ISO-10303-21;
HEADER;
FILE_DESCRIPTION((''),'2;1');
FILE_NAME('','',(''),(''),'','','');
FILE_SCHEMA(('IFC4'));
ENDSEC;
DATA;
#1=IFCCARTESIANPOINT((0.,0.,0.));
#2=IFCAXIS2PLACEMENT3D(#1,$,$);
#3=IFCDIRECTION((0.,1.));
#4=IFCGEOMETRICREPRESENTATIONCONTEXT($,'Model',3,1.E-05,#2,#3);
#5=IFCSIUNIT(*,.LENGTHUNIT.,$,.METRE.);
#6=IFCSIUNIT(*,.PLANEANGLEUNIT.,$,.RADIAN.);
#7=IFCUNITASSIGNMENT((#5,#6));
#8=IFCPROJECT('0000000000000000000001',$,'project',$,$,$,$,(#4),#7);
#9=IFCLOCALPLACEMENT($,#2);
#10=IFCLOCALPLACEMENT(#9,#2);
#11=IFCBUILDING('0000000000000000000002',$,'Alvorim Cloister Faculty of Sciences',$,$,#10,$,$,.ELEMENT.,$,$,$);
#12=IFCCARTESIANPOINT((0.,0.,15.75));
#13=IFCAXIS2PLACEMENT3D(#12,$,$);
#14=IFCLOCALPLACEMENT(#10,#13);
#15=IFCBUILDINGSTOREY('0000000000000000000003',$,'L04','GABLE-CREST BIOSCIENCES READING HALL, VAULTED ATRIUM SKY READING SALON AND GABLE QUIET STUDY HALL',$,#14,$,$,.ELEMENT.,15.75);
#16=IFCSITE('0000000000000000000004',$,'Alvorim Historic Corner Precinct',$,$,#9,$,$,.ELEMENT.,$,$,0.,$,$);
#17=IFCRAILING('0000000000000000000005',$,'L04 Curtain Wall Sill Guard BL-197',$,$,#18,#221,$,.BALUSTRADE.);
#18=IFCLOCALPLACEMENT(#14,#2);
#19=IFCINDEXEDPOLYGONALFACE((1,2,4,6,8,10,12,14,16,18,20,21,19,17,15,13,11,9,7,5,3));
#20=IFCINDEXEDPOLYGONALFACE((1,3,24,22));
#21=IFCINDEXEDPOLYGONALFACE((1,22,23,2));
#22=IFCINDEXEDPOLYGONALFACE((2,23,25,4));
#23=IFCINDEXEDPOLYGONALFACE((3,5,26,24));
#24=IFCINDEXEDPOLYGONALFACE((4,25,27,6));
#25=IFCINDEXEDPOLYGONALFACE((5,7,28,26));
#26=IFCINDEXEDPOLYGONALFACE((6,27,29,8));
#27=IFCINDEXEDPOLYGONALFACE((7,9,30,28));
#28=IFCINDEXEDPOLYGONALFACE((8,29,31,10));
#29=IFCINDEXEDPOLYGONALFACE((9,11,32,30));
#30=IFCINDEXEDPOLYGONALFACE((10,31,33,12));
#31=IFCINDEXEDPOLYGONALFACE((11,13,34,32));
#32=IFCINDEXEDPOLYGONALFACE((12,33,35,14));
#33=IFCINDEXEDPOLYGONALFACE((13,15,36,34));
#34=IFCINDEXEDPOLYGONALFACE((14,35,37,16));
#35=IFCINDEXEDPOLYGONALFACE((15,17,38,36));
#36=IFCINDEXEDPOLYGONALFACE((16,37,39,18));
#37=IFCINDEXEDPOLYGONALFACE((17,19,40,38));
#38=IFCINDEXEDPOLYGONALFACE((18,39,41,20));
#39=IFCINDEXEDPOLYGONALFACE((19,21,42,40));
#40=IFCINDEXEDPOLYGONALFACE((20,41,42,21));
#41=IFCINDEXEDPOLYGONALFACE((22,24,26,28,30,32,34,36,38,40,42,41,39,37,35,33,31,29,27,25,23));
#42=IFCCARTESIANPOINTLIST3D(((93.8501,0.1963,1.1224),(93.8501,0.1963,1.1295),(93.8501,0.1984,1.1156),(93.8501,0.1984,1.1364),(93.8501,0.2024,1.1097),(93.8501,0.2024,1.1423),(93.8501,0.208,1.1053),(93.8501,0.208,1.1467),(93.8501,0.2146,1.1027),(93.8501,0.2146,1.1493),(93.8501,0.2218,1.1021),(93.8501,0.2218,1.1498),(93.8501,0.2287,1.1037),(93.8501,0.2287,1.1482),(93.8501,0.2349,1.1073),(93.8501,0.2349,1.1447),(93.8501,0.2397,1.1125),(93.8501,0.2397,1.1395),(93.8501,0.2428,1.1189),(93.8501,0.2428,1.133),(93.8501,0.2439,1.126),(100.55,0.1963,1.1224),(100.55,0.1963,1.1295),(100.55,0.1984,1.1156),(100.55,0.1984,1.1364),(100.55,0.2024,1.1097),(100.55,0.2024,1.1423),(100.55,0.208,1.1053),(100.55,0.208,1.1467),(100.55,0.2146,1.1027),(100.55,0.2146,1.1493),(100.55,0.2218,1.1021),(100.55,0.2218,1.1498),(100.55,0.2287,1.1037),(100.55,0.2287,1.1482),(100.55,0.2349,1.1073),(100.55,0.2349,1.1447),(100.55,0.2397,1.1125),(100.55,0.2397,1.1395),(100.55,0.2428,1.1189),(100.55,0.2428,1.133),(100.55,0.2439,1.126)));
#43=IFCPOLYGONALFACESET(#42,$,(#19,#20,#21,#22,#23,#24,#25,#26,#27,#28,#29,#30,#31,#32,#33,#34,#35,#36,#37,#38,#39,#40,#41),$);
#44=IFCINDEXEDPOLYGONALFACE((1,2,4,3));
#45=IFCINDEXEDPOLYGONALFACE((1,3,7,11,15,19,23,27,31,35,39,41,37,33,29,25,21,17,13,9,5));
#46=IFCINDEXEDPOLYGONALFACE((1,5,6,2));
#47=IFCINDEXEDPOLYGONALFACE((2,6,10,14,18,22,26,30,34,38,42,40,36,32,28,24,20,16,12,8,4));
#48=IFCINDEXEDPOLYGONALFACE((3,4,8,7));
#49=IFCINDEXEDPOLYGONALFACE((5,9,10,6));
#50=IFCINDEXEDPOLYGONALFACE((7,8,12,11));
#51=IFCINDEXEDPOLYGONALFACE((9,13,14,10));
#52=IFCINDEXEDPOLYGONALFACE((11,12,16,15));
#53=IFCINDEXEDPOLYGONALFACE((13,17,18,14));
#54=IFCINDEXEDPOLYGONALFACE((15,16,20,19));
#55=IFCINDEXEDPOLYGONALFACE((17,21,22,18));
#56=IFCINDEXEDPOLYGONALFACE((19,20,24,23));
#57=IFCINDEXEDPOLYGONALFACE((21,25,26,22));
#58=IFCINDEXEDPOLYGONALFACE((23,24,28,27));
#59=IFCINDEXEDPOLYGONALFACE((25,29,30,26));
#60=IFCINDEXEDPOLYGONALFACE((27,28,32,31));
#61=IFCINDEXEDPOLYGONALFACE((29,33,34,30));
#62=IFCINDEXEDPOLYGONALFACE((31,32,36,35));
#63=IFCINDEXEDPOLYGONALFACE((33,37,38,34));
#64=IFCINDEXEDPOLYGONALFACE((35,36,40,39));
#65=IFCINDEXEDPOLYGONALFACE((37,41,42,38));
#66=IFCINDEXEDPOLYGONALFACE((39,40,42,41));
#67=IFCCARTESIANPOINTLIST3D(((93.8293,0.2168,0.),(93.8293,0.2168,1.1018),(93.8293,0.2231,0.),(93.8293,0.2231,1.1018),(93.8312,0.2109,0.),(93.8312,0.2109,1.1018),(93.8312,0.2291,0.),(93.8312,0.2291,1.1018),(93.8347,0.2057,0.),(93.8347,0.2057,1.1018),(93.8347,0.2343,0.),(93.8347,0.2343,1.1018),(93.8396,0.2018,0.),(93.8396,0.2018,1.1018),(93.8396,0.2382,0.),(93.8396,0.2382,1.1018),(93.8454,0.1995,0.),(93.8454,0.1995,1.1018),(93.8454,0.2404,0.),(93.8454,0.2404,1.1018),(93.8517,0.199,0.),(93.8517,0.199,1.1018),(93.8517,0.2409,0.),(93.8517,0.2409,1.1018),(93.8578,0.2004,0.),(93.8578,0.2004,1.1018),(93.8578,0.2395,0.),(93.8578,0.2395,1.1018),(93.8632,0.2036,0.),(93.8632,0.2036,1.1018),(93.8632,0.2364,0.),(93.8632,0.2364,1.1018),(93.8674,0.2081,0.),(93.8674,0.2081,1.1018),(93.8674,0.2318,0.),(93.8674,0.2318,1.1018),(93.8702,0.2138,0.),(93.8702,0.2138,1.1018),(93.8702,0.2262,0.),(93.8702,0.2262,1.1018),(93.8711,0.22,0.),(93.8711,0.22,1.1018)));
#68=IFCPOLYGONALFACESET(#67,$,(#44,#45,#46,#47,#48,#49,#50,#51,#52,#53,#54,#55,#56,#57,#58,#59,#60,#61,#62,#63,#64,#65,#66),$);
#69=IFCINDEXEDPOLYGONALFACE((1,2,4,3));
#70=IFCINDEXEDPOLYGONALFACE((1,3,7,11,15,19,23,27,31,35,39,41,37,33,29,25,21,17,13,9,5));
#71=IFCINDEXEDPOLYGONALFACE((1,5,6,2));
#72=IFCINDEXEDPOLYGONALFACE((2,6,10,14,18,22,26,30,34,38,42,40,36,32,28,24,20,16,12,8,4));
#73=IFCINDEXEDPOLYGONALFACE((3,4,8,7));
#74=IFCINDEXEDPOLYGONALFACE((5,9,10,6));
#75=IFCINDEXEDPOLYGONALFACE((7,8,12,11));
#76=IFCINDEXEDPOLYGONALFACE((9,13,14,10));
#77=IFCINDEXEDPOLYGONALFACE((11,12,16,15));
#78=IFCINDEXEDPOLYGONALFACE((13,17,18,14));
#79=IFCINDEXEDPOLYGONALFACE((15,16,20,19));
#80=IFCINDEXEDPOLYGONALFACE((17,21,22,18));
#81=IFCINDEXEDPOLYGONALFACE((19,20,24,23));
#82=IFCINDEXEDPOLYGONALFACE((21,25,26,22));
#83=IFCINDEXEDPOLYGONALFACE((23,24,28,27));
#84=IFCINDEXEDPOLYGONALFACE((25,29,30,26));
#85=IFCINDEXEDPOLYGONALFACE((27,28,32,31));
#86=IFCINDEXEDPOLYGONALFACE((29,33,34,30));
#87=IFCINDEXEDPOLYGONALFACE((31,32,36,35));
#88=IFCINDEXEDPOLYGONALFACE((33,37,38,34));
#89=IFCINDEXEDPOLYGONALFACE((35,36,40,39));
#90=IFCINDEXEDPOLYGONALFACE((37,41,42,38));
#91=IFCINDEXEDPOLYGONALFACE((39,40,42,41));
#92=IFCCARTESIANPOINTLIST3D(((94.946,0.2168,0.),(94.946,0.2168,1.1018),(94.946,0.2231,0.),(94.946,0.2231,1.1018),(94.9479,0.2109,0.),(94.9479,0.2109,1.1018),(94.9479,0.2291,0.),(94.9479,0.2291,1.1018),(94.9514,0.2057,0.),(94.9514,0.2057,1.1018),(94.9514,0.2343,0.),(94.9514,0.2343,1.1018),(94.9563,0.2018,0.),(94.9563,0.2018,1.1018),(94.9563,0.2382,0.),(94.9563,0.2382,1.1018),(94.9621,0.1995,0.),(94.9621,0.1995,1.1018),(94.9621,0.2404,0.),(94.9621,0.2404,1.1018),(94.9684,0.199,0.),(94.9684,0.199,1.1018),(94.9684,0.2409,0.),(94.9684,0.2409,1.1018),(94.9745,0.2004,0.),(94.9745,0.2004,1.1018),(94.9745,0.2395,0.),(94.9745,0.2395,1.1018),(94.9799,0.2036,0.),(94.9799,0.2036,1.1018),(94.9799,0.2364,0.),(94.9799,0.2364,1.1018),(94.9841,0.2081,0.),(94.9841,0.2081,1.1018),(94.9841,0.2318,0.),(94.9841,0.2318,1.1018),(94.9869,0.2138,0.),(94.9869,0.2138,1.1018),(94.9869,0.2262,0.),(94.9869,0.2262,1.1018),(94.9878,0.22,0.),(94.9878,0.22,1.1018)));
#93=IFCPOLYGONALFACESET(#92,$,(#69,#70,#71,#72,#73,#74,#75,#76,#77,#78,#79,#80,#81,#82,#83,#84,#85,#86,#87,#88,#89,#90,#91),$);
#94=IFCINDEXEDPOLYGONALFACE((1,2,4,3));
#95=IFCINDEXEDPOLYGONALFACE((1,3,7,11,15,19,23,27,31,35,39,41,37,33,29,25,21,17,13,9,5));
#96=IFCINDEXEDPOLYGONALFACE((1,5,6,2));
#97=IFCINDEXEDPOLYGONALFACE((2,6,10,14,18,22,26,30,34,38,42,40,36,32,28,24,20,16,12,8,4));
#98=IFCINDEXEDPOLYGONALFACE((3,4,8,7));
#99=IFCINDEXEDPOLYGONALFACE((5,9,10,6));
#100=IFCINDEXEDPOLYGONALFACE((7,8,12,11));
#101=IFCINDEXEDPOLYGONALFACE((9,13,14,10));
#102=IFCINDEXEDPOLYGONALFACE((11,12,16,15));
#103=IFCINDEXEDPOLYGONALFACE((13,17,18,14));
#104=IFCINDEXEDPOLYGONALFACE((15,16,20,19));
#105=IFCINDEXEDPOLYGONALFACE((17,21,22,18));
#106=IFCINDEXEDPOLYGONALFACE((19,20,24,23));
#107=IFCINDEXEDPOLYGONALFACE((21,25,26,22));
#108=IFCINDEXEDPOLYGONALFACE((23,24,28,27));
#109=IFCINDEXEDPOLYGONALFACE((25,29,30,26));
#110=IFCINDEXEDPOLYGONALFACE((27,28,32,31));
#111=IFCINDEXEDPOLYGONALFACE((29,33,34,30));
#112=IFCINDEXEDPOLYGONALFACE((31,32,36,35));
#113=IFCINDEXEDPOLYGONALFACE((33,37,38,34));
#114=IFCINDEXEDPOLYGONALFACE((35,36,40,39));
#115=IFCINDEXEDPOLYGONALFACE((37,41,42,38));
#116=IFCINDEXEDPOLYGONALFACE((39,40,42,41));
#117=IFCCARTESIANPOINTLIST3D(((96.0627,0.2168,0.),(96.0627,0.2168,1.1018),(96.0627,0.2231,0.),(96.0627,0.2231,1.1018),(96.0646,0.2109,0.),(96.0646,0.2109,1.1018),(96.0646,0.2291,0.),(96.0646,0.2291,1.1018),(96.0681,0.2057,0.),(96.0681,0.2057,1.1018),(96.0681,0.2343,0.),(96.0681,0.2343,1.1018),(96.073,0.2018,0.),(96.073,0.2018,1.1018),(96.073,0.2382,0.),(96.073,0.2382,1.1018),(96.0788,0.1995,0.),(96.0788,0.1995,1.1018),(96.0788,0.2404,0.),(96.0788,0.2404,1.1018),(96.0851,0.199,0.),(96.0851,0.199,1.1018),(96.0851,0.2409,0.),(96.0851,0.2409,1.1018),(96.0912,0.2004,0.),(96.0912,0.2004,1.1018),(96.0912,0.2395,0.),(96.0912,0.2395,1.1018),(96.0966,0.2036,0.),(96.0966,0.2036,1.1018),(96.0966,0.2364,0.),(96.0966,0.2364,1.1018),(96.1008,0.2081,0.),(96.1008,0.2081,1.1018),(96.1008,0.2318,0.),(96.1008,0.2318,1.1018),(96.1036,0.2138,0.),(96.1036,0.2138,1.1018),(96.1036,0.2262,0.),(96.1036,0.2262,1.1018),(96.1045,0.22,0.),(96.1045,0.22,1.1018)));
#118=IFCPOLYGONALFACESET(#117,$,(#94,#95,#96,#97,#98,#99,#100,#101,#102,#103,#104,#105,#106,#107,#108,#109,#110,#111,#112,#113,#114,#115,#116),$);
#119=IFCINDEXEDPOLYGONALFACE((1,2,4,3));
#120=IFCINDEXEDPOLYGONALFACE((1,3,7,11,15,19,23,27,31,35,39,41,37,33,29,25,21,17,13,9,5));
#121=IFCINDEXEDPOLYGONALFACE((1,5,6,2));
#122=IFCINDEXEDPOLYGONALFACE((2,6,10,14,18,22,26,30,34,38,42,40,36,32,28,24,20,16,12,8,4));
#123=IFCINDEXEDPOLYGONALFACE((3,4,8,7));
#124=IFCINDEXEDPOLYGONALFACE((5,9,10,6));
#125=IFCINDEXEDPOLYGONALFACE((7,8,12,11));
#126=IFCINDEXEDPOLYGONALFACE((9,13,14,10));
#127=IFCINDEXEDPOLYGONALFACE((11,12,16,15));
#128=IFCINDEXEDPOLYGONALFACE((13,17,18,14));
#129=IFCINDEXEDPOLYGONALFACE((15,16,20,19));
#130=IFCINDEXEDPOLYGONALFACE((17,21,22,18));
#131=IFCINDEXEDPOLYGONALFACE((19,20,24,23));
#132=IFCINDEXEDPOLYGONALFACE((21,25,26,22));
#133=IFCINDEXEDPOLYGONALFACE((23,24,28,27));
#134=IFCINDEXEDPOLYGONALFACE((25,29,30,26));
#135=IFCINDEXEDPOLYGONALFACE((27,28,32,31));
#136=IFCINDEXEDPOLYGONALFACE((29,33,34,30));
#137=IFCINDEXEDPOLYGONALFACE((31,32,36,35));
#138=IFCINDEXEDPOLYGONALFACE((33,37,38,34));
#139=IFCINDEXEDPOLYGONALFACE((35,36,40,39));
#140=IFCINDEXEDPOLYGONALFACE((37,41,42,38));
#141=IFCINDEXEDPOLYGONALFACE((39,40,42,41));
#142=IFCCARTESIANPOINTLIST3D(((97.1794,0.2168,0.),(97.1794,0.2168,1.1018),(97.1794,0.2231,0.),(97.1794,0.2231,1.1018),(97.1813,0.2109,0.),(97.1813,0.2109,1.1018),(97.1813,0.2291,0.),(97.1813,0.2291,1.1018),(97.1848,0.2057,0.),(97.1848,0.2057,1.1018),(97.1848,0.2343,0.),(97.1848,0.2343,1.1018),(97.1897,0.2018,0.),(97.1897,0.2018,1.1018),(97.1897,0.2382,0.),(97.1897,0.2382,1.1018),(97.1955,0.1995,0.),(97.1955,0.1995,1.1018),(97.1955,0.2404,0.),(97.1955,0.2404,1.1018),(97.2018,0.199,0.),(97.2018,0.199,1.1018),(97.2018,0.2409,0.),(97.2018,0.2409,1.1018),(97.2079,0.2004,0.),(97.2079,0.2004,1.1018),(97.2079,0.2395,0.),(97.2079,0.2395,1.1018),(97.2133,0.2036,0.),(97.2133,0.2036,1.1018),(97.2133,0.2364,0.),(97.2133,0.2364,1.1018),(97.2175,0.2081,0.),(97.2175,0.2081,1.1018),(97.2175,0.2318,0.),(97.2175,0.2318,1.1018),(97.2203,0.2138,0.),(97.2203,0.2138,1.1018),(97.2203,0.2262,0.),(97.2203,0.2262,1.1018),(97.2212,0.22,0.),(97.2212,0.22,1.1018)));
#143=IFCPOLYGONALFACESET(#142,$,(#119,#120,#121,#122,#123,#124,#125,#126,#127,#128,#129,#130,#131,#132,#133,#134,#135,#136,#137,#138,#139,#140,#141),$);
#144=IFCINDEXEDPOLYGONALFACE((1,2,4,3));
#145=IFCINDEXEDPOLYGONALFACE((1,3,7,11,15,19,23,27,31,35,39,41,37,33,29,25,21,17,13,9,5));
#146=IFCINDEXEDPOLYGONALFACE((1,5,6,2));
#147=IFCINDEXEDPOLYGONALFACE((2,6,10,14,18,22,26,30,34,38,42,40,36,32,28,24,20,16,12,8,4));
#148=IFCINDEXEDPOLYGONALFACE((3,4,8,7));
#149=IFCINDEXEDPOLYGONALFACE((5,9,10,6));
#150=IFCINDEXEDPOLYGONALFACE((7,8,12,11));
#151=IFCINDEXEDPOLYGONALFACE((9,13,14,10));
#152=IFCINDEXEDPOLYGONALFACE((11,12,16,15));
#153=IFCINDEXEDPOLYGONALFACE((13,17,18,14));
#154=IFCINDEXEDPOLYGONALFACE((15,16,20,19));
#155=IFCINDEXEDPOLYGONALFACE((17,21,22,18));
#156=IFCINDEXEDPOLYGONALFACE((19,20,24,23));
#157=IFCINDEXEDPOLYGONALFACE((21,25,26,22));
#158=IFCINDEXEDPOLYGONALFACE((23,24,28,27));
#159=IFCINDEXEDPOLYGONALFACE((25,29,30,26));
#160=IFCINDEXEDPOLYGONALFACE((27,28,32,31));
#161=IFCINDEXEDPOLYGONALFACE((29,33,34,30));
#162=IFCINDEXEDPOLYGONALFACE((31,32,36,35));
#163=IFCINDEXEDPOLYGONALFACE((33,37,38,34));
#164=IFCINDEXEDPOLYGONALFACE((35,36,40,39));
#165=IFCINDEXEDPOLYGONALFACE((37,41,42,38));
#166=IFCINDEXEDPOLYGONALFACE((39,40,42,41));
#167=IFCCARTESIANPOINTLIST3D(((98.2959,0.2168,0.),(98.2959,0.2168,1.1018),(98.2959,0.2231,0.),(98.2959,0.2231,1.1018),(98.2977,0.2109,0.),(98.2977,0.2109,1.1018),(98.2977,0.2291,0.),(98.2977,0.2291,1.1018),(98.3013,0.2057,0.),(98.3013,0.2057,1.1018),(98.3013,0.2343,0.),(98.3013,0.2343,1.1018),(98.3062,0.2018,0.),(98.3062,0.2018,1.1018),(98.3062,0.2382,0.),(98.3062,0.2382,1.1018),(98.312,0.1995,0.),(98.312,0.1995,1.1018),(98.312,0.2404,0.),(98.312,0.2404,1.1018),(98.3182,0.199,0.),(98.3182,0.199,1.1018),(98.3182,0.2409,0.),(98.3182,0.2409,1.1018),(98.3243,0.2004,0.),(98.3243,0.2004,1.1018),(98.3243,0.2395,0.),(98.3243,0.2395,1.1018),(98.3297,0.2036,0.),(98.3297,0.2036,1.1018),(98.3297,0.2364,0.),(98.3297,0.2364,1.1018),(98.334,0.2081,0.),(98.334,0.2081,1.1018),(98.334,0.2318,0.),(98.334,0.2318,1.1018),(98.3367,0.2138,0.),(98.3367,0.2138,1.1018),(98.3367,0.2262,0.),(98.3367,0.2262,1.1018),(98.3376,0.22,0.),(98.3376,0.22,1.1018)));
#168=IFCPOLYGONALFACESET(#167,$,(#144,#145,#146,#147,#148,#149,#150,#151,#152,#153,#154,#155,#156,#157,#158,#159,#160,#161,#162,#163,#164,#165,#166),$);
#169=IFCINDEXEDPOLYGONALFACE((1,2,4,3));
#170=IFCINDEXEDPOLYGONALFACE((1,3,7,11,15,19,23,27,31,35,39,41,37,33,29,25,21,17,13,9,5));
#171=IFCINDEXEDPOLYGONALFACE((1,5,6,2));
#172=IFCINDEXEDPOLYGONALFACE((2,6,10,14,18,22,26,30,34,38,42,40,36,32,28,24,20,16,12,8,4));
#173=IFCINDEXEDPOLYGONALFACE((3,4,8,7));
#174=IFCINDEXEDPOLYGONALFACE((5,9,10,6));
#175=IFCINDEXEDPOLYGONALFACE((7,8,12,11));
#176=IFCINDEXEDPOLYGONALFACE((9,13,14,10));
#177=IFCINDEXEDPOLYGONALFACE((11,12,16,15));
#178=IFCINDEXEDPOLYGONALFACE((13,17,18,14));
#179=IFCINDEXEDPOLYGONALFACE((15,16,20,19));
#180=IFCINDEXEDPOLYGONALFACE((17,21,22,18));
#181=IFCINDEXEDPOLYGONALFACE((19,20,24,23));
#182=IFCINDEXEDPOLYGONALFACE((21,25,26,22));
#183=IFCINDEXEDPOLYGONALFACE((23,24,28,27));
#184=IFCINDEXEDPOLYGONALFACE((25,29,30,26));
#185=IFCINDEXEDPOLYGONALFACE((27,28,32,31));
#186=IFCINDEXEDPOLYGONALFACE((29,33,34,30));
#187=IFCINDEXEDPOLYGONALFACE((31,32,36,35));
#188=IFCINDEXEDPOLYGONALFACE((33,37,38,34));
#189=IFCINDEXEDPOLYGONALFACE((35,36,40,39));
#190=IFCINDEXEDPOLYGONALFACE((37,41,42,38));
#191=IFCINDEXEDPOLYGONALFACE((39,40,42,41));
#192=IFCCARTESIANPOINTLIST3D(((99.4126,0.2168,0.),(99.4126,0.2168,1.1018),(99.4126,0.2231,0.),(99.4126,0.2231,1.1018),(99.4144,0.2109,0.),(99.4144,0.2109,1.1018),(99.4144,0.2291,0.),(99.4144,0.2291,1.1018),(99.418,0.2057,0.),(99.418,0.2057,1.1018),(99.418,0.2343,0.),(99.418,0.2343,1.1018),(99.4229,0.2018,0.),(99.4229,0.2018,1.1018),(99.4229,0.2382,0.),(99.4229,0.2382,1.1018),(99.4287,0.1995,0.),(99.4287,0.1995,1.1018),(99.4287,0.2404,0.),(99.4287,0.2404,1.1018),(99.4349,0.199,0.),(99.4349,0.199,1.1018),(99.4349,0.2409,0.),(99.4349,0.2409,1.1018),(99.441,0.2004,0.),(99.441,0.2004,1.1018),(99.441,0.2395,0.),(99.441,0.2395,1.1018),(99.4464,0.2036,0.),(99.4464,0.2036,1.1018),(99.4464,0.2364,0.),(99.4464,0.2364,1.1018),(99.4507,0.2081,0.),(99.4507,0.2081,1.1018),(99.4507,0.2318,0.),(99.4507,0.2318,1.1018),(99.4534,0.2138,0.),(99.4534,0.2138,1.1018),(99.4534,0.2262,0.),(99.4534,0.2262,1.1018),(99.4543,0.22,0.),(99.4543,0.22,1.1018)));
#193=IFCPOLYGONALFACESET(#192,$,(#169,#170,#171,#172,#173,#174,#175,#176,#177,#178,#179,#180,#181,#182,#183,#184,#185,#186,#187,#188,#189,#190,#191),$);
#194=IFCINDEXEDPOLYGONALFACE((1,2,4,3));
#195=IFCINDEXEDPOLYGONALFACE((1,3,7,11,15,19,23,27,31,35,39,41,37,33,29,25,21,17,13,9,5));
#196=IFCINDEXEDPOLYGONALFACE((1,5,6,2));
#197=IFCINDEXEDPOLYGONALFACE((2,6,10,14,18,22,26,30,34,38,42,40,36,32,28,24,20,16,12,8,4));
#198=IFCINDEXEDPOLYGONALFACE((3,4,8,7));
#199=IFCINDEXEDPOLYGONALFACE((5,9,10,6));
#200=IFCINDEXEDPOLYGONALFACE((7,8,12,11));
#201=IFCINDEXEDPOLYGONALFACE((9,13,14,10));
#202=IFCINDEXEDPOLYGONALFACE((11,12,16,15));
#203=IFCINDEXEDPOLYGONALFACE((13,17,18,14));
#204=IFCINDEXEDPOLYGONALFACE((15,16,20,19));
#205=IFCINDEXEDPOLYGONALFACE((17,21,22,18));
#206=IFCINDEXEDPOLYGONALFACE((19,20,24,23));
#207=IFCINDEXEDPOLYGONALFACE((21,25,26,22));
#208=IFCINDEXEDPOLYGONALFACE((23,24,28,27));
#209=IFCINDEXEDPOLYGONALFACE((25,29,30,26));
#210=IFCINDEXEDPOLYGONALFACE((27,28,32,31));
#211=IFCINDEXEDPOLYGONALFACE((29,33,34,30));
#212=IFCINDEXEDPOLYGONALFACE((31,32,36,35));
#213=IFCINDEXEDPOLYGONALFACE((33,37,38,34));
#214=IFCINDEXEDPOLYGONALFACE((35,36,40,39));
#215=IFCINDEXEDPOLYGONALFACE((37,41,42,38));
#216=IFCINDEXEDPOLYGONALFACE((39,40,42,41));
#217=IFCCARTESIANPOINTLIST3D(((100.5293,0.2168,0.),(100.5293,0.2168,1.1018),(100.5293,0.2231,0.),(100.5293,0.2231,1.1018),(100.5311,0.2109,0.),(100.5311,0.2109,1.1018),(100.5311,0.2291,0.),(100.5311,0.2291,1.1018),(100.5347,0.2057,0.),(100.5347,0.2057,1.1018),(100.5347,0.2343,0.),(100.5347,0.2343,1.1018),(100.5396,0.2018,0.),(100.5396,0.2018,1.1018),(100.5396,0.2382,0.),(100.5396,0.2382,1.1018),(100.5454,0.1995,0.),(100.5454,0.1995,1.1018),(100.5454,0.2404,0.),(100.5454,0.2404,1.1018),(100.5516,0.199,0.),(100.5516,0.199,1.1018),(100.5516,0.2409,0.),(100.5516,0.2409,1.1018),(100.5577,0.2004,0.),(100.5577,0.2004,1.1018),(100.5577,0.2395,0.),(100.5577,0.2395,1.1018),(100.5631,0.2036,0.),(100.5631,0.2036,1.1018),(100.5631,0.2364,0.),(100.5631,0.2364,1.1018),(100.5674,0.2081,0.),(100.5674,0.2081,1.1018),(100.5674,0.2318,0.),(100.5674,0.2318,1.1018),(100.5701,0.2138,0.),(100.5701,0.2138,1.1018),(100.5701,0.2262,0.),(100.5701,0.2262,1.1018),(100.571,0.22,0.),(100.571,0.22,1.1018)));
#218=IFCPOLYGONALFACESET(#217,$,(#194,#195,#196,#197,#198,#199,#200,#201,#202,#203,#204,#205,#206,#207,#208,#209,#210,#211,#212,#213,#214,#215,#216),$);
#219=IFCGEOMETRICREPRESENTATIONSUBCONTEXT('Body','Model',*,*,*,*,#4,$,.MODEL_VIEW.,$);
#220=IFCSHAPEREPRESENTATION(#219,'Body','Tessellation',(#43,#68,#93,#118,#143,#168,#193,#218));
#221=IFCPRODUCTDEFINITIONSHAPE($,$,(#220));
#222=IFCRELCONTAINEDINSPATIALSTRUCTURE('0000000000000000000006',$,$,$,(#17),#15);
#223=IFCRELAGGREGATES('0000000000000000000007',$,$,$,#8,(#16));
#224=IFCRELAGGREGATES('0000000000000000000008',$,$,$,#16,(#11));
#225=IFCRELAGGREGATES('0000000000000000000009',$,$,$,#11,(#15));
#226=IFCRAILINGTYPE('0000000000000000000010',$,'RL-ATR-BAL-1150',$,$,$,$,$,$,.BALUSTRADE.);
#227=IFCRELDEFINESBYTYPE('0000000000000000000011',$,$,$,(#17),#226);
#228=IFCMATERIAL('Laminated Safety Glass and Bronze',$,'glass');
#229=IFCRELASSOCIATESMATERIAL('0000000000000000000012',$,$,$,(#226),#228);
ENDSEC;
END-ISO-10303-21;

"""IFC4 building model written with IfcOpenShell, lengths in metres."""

from ifc_helpers import new_model, si_unit, direction, frame, origin, origin_2d, place, context, subcontext, project, spatial, circle, extrude, material, type_object, element, save


model = new_model("IFC4")

# Units and contexts
model_context = context("Model", 3, precision=1e-05, world=origin(), true_north=direction((0.0, 1.0)))
body_context = subcontext(model_context, "Body", "Model", "MODEL_VIEW")
ifc_project = project(units=[si_unit("LENGTHUNIT", "METRE"), si_unit("PLANEANGLEUNIT", "RADIAN")], contexts=[model_context])

# Site, building, storey
site_placement = place(None, origin())
site = spatial("IfcSite", under=ifc_project, at=site_placement, Name="Alvorim Historic Corner Precinct", CompositionType="ELEMENT", RefElevation=0.0)
building_placement = place(site_placement, origin())
building = spatial("IfcBuilding", under=site, at=building_placement, Name="Alvorim Cloister Faculty of Sciences", CompositionType="ELEMENT")
storey_placement = place(building_placement, frame((0.0, 0.0, 15.75)))
storey = spatial("IfcBuildingStorey", under=building, at=storey_placement, Name="L04", Description="GABLE-CREST BIOSCIENCES READING HALL, VAULTED ATRIUM SKY READING SALON AND GABLE QUIET STUDY HALL", CompositionType="ELEMENT", Elevation=15.75)

# Railing
ifc_material_1 = material(Name="Laminated Safety Glass and Bronze", Category="glass")
railing_type = type_object("IfcRailingType", Name="RL-ATR-BAL-1150", PredefinedType="BALUSTRADE", material=ifc_material_1)
railing_placement = place(storey_placement, frame((93.8501, 0.22, 0.0)))
element("IfcRailing", 1, at=railing_placement, inside=storey, type_object=railing_type, Name="L04 Curtain Wall Sill Guard BL-197", PredefinedType="BALUSTRADE", context=body_context, shape_type="SweptSolid", body=[
    extrude(circle(Radius=0.0239, at=origin_2d()), frame((0.0, 0.0, 1.126), z_axis=(1.0, 0.0, 0.0), x_axis=(0.0, 1.0, 0.0)), (0.0, 0.0, 1.0), 6.7),
    extrude(circle(Radius=0.021, at=origin_2d()), origin(), (0.0, 0.0, 1.0), 1.1018),
    extrude(circle(Radius=0.021, at=origin_2d()), frame((1.1167, 0.0, 0.0)), (0.0, 0.0, 1.0), 1.1018),
    extrude(circle(Radius=0.021, at=origin_2d()), frame((2.2334, 0.0, 0.0)), (0.0, 0.0, 1.0), 1.1018),
    extrude(circle(Radius=0.021, at=origin_2d()), frame((3.3501, 0.0, 0.0)), (0.0, 0.0, 1.0), 1.1018),
    extrude(circle(Radius=0.021, at=origin_2d()), frame((4.4666, 0.0, 0.0)), (0.0, 0.0, 1.0), 1.1018),
    extrude(circle(Radius=0.021, at=origin_2d()), frame((5.5833, 0.0, 0.0)), (0.0, 0.0, 1.0), 1.1018),
    extrude(circle(Radius=0.021, at=origin_2d()), frame((6.7, 0.0, 0.0)), (0.0, 0.0, 1.0), 1.1018),
])

save(model, "model.ifc")
